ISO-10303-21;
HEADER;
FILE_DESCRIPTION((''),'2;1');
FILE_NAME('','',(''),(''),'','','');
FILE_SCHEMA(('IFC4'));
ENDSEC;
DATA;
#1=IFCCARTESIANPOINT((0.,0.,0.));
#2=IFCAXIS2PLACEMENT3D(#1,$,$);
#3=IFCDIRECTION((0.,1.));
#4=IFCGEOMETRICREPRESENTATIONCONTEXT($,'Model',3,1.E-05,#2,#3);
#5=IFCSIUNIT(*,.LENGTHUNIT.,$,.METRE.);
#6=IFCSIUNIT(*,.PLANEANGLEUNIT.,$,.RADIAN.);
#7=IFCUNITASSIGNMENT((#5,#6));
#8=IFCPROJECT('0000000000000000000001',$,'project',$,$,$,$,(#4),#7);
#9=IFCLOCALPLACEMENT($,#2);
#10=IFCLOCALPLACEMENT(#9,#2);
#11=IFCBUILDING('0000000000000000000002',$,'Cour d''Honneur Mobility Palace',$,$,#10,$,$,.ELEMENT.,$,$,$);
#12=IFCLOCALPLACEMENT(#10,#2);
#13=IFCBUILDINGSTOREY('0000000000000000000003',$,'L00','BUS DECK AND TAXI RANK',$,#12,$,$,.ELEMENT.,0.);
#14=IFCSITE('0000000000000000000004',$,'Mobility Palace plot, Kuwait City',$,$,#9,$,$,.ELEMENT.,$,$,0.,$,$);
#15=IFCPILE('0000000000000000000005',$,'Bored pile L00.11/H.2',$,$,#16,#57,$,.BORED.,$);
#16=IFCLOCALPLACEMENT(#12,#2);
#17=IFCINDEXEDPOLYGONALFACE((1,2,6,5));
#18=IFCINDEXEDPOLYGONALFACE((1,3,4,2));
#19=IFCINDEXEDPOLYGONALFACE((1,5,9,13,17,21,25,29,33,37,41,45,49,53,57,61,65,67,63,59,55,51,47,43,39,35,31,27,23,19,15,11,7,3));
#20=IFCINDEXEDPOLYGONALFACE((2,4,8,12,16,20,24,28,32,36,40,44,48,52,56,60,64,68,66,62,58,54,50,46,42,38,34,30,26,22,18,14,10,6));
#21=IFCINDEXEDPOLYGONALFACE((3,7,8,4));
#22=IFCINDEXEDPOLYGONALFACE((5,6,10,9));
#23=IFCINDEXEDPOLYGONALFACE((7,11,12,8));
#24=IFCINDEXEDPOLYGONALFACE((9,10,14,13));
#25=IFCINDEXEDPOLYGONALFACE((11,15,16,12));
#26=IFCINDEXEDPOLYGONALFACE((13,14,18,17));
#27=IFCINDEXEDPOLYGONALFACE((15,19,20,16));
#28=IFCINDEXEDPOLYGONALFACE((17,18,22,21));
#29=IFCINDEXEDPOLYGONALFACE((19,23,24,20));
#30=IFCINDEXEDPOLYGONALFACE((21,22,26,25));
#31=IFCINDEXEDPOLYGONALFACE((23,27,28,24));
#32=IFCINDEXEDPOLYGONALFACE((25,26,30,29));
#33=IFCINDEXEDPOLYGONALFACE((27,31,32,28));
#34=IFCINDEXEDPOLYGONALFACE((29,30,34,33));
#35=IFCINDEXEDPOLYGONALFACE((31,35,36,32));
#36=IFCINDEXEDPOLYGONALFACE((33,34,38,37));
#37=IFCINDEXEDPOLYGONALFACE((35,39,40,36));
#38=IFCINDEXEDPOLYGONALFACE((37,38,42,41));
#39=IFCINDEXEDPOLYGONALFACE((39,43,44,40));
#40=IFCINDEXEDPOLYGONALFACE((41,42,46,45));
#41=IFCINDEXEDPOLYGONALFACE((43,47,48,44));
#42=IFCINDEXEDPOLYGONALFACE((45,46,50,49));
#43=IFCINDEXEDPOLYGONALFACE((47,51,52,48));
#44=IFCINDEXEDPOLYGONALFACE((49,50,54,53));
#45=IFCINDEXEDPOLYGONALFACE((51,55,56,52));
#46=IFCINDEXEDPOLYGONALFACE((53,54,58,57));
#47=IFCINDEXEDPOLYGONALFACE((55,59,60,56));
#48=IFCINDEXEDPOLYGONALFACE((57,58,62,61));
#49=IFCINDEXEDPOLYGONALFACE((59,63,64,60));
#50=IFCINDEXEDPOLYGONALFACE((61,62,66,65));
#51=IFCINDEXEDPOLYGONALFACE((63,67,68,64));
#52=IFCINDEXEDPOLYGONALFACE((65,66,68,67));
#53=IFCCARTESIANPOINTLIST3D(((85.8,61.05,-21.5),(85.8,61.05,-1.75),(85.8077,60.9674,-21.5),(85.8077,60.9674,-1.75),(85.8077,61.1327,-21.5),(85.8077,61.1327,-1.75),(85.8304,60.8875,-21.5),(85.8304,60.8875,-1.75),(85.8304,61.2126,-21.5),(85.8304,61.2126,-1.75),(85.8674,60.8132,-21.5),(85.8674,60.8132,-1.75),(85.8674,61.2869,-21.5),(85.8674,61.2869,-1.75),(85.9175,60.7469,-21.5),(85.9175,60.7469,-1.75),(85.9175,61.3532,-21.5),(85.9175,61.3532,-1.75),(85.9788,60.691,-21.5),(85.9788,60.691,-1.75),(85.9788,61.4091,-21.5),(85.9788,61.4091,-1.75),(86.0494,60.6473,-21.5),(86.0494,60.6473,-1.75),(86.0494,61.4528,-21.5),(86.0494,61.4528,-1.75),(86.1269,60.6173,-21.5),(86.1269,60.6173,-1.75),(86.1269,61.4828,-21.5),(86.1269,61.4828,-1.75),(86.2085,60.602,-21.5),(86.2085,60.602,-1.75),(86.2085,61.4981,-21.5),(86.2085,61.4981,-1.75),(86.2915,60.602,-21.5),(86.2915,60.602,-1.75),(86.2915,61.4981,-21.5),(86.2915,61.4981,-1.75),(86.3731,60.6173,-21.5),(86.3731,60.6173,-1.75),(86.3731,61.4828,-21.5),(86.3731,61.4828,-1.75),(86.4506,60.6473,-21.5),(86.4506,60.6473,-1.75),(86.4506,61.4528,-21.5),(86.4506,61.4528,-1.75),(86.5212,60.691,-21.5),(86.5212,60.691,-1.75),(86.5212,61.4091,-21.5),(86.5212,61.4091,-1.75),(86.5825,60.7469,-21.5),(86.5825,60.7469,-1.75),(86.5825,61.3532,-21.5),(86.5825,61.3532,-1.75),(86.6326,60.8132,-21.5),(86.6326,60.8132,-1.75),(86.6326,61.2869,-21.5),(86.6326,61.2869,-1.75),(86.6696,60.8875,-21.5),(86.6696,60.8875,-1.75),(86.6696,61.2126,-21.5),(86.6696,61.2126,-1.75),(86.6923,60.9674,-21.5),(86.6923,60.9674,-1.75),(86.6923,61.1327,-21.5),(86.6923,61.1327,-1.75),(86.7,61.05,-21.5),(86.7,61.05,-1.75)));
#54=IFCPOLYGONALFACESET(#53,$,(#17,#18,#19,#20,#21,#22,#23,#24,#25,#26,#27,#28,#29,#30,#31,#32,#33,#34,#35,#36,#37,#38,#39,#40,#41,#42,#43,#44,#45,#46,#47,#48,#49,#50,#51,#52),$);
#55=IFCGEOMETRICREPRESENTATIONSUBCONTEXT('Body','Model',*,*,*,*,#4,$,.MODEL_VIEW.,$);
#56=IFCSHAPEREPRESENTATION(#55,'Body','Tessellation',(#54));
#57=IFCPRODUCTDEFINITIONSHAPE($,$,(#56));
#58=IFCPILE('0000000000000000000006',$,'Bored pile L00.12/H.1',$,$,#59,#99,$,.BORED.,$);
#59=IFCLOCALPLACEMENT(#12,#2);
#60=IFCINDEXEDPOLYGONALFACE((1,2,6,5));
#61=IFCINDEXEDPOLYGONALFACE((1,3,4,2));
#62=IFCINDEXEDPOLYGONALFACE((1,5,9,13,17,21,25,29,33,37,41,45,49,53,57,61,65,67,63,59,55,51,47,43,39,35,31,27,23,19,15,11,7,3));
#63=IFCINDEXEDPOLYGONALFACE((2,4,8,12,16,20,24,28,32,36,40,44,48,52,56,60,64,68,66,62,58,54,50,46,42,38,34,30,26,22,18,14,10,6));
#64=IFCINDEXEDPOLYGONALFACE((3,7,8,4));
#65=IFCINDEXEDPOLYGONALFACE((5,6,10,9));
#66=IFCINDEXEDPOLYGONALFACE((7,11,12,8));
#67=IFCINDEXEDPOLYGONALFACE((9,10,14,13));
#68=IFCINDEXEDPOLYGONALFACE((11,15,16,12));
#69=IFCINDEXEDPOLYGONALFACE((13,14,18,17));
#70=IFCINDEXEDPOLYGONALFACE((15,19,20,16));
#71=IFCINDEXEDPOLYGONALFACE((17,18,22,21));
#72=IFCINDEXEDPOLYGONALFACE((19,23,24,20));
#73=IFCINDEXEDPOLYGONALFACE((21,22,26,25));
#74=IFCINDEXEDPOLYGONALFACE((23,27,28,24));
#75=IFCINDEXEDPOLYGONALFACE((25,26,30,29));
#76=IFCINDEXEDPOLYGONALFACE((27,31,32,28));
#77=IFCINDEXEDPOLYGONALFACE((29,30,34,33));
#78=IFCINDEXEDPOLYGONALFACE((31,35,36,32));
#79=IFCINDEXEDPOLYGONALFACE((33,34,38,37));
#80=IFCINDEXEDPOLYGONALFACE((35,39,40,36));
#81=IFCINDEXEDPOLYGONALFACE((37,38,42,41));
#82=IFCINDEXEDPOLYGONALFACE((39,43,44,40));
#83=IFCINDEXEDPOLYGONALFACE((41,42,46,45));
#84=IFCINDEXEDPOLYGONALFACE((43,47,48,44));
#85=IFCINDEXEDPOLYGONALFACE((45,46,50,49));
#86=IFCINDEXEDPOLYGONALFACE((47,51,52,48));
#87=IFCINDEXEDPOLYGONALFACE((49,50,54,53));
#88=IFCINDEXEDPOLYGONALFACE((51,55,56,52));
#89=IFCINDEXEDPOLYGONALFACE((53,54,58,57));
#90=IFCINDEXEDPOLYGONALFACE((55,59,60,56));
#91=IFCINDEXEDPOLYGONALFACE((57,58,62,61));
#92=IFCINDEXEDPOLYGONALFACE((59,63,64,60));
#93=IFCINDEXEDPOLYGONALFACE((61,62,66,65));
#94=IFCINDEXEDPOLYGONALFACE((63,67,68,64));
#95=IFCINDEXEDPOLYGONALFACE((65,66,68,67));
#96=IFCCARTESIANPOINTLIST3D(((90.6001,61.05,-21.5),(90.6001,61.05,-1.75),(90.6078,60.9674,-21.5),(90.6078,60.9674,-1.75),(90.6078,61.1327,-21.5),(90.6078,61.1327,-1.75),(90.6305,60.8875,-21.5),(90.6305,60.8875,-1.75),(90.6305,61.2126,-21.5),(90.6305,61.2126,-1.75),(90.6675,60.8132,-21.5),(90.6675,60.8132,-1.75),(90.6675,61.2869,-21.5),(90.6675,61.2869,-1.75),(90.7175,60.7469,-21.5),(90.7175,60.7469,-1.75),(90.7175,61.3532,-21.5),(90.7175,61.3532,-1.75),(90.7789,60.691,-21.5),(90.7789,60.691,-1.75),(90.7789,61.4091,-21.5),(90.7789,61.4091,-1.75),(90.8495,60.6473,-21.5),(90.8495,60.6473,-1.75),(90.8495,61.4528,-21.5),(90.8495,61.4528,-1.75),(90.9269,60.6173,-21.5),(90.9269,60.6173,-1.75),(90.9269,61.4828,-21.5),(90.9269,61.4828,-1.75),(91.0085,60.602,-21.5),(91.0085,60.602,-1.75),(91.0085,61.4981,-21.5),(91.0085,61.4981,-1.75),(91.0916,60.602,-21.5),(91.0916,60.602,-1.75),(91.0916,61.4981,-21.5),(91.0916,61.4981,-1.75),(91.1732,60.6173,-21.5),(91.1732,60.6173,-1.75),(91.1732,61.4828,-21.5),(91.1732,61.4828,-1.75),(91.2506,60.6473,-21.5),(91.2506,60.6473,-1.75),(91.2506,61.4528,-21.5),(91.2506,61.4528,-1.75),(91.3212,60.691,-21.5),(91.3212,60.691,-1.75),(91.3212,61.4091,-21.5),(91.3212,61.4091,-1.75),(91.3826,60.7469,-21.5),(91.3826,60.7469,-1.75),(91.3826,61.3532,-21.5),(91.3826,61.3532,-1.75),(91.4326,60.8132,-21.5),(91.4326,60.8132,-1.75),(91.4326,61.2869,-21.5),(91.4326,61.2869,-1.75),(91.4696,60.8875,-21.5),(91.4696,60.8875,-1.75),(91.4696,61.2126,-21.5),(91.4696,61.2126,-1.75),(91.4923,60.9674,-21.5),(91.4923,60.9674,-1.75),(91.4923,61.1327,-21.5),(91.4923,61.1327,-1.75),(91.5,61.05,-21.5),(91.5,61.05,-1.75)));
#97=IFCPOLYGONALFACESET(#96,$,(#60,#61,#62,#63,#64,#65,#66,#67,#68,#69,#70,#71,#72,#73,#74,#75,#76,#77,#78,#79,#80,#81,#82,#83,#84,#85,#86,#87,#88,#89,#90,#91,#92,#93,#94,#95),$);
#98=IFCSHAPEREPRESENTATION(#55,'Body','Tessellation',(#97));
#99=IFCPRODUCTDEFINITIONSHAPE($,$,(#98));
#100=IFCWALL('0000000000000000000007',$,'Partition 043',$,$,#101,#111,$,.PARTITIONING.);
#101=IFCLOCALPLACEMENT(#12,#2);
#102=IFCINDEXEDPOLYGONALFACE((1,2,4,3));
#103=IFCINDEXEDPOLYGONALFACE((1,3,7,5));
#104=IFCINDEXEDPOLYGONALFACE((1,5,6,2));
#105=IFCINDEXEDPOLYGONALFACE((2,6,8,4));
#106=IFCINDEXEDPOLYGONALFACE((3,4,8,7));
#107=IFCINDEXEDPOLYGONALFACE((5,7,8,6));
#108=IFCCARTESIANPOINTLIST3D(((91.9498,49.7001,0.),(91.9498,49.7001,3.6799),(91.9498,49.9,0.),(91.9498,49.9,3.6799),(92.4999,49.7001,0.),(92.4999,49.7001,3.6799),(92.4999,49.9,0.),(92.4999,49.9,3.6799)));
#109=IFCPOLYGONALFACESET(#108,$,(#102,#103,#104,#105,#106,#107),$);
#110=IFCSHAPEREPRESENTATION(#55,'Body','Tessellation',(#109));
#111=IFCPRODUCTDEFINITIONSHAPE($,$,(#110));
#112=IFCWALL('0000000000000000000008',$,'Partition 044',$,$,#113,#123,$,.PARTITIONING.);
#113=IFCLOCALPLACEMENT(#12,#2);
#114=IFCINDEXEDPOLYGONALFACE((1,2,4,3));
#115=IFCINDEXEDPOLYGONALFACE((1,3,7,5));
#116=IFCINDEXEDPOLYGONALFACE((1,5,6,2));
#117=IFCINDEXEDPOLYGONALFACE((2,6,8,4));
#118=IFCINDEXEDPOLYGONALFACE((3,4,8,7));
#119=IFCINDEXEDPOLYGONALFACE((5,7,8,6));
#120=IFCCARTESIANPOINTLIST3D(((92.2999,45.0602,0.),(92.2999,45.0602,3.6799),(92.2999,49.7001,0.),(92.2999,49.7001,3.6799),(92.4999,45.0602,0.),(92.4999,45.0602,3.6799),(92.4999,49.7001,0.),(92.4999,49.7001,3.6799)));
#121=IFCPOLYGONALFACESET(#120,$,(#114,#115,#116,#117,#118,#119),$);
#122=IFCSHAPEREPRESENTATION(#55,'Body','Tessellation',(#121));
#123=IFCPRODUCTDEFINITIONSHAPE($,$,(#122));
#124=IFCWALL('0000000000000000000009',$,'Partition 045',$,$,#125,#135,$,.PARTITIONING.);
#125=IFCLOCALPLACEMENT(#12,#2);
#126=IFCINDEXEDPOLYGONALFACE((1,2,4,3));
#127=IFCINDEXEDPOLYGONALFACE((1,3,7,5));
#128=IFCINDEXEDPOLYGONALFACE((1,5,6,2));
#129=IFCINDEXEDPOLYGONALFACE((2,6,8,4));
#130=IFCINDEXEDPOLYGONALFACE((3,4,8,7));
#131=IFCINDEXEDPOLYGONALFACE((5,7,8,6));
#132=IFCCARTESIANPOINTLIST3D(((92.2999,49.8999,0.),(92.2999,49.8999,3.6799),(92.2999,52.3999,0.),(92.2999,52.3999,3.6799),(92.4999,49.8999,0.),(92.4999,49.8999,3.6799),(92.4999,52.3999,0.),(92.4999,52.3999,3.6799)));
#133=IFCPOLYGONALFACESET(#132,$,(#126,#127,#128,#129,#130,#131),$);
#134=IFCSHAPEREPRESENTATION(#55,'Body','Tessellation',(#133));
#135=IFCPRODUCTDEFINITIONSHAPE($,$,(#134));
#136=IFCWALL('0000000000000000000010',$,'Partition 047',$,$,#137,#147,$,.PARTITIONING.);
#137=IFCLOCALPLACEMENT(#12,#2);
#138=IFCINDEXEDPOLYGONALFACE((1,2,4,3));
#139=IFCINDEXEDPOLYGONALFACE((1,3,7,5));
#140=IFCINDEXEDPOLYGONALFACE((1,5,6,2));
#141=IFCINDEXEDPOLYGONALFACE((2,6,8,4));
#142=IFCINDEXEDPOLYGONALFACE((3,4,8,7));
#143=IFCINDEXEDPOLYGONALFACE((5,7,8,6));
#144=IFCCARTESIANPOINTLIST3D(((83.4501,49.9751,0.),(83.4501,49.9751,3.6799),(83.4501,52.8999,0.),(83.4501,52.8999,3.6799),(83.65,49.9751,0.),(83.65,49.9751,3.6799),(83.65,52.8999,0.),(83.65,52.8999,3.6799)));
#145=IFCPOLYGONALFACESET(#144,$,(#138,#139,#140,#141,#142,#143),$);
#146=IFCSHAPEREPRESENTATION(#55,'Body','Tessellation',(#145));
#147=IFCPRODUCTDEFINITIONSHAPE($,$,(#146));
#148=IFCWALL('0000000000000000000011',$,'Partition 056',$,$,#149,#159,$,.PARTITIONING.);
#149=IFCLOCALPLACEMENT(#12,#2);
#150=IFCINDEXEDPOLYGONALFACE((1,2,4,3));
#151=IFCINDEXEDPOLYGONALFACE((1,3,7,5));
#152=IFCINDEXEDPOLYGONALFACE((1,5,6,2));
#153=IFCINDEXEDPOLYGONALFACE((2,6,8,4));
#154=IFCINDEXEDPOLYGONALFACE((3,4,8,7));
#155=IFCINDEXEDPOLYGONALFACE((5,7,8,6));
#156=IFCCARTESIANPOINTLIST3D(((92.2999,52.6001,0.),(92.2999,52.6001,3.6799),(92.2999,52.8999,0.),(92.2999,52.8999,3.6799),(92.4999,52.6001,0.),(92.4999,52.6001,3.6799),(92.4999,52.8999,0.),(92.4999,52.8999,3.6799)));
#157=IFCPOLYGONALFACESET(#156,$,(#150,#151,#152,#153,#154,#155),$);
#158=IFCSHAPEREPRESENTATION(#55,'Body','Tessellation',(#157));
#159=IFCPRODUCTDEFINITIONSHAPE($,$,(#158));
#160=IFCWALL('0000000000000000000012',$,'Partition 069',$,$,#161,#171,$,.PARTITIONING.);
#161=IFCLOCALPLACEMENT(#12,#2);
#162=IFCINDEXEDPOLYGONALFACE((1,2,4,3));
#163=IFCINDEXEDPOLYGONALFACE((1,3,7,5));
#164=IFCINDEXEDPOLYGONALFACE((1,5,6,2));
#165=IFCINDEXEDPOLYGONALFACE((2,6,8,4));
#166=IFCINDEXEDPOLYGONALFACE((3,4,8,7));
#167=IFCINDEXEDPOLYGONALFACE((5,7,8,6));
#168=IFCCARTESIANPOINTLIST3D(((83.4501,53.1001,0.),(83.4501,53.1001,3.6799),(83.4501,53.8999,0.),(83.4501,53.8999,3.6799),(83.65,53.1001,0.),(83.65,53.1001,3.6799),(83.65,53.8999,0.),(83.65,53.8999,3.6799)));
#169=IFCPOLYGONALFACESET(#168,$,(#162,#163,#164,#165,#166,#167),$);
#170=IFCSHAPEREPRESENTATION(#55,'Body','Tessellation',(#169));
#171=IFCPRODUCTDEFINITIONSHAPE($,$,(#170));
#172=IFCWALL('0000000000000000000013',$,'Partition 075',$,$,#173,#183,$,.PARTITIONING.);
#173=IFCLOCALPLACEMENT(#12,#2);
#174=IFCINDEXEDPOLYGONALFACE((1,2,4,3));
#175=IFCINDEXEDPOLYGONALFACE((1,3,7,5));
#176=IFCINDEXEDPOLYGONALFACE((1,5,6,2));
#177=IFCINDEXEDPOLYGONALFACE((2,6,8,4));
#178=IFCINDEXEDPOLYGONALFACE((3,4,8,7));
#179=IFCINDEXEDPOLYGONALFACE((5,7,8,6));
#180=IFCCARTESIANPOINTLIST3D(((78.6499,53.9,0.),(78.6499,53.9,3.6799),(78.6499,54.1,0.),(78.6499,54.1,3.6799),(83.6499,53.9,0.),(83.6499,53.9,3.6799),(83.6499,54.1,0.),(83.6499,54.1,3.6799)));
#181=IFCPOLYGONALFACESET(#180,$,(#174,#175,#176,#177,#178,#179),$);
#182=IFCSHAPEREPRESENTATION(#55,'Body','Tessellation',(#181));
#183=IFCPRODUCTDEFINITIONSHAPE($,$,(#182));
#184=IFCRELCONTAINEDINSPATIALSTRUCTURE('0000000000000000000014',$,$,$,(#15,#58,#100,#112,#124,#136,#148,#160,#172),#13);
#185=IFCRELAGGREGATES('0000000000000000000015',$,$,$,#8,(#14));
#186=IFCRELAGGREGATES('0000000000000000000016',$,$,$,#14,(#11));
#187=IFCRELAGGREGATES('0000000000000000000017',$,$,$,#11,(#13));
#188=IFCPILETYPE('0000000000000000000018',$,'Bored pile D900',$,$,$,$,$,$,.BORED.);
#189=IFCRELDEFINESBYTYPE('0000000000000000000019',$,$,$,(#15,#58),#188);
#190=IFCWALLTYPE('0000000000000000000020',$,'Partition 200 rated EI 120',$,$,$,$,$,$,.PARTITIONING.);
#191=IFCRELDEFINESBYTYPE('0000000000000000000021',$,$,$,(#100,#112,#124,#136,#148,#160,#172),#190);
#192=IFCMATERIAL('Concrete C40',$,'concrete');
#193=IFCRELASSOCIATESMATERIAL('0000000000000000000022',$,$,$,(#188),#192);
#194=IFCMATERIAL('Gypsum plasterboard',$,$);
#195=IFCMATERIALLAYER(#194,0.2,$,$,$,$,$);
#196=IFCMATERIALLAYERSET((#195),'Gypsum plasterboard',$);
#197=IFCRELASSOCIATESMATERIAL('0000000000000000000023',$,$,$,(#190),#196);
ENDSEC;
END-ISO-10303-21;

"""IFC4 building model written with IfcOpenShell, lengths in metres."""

from ifc_helpers import new_model, si_unit, direction, frame, frame_2d, origin, origin_2d, place, context, subcontext, project, spatial, rectangle, circle, extrude, material, layer, layer_set, material_profile, profile_set, type_object, element, save


model = new_model("IFC4")

# Units and contexts
model_context = context("Model", 3, precision=1e-05, world=origin(), true_north=direction((0.0, 1.0)))
body_context = subcontext(model_context, "Body", "Model", "MODEL_VIEW")
ifc_project = project(units=[si_unit("LENGTHUNIT", "METRE"), si_unit("PLANEANGLEUNIT", "RADIAN")], contexts=[model_context])

# Site, building, storey
site_placement = place(None, origin())
site = spatial("IfcSite", under=ifc_project, at=site_placement, Name="Mobility Palace plot, Kuwait City", CompositionType="ELEMENT", RefElevation=0.0)
building_placement = place(site_placement, origin())
building = spatial("IfcBuilding", under=site, at=building_placement, Name="Cour d'Honneur Mobility Palace", CompositionType="ELEMENT")
storey_placement = place(building_placement, origin())
storey = spatial("IfcBuildingStorey", under=building, at=storey_placement, Name="L00", Description="BUS DECK AND TAXI RANK", CompositionType="ELEMENT", Elevation=0.0)

# Piles
ifc_material_1 = material(Name="Concrete C40", Category="concrete")
ifc_material_profile_1 = material_profile(ifc_material_1, circle(Radius=0.45, at=origin_2d()), Name="Bored pile D900")
ifc_profile_set_1 = profile_set([ifc_material_profile_1], Name="Concrete C40")
pile_type_1 = type_object("IfcPileType", Name="Bored pile D900", PredefinedType="BORED", material=ifc_profile_set_1)
for number, where, z_axis, x_axis, name in (
    (1, (86.25, 61.05, -1.75), (0.0, 0.0, -1.0), (1.0, 0.0, 0.0), "Bored pile L00.11/H.2"),
    (2, (91.05, 61.05, -1.75), (0.0, 0.0, -1.0), (1.0, 0.0, 0.0), "Bored pile L00.12/H.1"),
):
    element("IfcPile", number, at=place(storey_placement, frame(where, z_axis=z_axis, x_axis=x_axis)), inside=storey, type_object=pile_type_1, Name=name, PredefinedType="BORED", context=body_context, shape_type="SweptSolid", body=[
        extrude(circle(Radius=0.45, at=origin_2d()), origin(), (0.0, 0.0, 1.0), 19.75),
    ])

# Walls
ifc_material_2 = material(Name="Gypsum plasterboard")
ifc_layer_1 = layer(ifc_material_2, 0.2)
ifc_layer_set_1 = layer_set([ifc_layer_1], Name="Gypsum plasterboard")
wall_type_1 = type_object("IfcWallType", Name="Partition 200 rated EI 120", PredefinedType="PARTITIONING", material=ifc_layer_set_1)
wall_1_placement = place(storey_placement, frame((91.95, 49.8, 0.0), z_axis=(0.0, 0.0, 1.0), x_axis=(1.0, 0.0, 0.0)))
element("IfcWall", 3, at=wall_1_placement, inside=storey, type_object=wall_type_1, Name="Partition 043", PredefinedType="PARTITIONING", context=body_context, shape_type="SweptSolid", body=[
    extrude(rectangle(XDim=0.55, YDim=0.2, at=frame_2d((0.2749, 0.0))), origin(), (0.0, 0.0, 1.0), 3.6799),
])
wall_2_placement = place(storey_placement, frame((92.3999, 49.7, 0.0), z_axis=(0.0, 0.0, 1.0), x_axis=(0.0, -1.0, 0.0)))
element("IfcWall", 4, at=wall_2_placement, inside=storey, type_object=wall_type_1, Name="Partition 044", PredefinedType="PARTITIONING", context=body_context, shape_type="SweptSolid", body=[
    extrude(rectangle(XDim=4.6399, YDim=0.2, at=frame_2d((2.3198, 0.0))), origin(), (0.0, 0.0, 1.0), 3.6799),
])
wall_3_placement = place(storey_placement, frame((92.3999, 49.8999, 0.0), z_axis=(0.0, 0.0, 1.0), x_axis=(0.0, 1.0, 0.0)))
element("IfcWall", 5, at=wall_3_placement, inside=storey, type_object=wall_type_1, Name="Partition 045", PredefinedType="PARTITIONING", context=body_context, shape_type="SweptSolid", body=[
    extrude(rectangle(XDim=2.5, YDim=0.2, at=frame_2d((1.25, 0.0))), origin(), (0.0, 0.0, 1.0), 3.6799),
])
wall_4_placement = place(storey_placement, frame((83.55, 49.9751, 0.0), z_axis=(0.0, 0.0, 1.0), x_axis=(0.0, 1.0, 0.0)))
element("IfcWall", 6, at=wall_4_placement, inside=storey, type_object=wall_type_1, Name="Partition 047", PredefinedType="PARTITIONING", context=body_context, shape_type="SweptSolid", body=[
    extrude(rectangle(XDim=2.9248, YDim=0.2, at=frame_2d((1.4624, 0.0))), origin(), (0.0, 0.0, 1.0), 3.6799),
])
wall_5_placement = place(storey_placement, frame((92.3999, 52.6001, 0.0), z_axis=(0.0, 0.0, 1.0), x_axis=(0.0, 1.0, 0.0)))
element("IfcWall", 7, at=wall_5_placement, inside=storey, type_object=wall_type_1, Name="Partition 056", PredefinedType="PARTITIONING", context=body_context, shape_type="SweptSolid", body=[
    extrude(rectangle(XDim=0.2998, YDim=0.2, at=frame_2d((0.1499, 0.0))), origin(), (0.0, 0.0, 1.0), 3.6799),
])
wall_6_placement = place(storey_placement, frame((83.55, 53.1001, 0.0), z_axis=(0.0, 0.0, 1.0), x_axis=(0.0, 1.0, 0.0)))
element("IfcWall", 8, at=wall_6_placement, inside=storey, type_object=wall_type_1, Name="Partition 069", PredefinedType="PARTITIONING", context=body_context, shape_type="SweptSolid", body=[
    extrude(rectangle(XDim=0.7998, YDim=0.2, at=frame_2d((0.3999, 0.0))), origin(), (0.0, 0.0, 1.0), 3.6799),
])
wall_7_placement = place(storey_placement, frame((83.6499, 54.0, 0.0), z_axis=(0.0, 0.0, 1.0), x_axis=(-1.0, 0.0, 0.0)))
element("IfcWall", 9, at=wall_7_placement, inside=storey, type_object=wall_type_1, Name="Partition 075", PredefinedType="PARTITIONING", context=body_context, shape_type="SweptSolid", body=[
    extrude(rectangle(XDim=5.0, YDim=0.2, at=frame_2d((2.5, 0.0))), origin(), (0.0, 0.0, 1.0), 3.6799),
])

save(model, "model.ifc")
